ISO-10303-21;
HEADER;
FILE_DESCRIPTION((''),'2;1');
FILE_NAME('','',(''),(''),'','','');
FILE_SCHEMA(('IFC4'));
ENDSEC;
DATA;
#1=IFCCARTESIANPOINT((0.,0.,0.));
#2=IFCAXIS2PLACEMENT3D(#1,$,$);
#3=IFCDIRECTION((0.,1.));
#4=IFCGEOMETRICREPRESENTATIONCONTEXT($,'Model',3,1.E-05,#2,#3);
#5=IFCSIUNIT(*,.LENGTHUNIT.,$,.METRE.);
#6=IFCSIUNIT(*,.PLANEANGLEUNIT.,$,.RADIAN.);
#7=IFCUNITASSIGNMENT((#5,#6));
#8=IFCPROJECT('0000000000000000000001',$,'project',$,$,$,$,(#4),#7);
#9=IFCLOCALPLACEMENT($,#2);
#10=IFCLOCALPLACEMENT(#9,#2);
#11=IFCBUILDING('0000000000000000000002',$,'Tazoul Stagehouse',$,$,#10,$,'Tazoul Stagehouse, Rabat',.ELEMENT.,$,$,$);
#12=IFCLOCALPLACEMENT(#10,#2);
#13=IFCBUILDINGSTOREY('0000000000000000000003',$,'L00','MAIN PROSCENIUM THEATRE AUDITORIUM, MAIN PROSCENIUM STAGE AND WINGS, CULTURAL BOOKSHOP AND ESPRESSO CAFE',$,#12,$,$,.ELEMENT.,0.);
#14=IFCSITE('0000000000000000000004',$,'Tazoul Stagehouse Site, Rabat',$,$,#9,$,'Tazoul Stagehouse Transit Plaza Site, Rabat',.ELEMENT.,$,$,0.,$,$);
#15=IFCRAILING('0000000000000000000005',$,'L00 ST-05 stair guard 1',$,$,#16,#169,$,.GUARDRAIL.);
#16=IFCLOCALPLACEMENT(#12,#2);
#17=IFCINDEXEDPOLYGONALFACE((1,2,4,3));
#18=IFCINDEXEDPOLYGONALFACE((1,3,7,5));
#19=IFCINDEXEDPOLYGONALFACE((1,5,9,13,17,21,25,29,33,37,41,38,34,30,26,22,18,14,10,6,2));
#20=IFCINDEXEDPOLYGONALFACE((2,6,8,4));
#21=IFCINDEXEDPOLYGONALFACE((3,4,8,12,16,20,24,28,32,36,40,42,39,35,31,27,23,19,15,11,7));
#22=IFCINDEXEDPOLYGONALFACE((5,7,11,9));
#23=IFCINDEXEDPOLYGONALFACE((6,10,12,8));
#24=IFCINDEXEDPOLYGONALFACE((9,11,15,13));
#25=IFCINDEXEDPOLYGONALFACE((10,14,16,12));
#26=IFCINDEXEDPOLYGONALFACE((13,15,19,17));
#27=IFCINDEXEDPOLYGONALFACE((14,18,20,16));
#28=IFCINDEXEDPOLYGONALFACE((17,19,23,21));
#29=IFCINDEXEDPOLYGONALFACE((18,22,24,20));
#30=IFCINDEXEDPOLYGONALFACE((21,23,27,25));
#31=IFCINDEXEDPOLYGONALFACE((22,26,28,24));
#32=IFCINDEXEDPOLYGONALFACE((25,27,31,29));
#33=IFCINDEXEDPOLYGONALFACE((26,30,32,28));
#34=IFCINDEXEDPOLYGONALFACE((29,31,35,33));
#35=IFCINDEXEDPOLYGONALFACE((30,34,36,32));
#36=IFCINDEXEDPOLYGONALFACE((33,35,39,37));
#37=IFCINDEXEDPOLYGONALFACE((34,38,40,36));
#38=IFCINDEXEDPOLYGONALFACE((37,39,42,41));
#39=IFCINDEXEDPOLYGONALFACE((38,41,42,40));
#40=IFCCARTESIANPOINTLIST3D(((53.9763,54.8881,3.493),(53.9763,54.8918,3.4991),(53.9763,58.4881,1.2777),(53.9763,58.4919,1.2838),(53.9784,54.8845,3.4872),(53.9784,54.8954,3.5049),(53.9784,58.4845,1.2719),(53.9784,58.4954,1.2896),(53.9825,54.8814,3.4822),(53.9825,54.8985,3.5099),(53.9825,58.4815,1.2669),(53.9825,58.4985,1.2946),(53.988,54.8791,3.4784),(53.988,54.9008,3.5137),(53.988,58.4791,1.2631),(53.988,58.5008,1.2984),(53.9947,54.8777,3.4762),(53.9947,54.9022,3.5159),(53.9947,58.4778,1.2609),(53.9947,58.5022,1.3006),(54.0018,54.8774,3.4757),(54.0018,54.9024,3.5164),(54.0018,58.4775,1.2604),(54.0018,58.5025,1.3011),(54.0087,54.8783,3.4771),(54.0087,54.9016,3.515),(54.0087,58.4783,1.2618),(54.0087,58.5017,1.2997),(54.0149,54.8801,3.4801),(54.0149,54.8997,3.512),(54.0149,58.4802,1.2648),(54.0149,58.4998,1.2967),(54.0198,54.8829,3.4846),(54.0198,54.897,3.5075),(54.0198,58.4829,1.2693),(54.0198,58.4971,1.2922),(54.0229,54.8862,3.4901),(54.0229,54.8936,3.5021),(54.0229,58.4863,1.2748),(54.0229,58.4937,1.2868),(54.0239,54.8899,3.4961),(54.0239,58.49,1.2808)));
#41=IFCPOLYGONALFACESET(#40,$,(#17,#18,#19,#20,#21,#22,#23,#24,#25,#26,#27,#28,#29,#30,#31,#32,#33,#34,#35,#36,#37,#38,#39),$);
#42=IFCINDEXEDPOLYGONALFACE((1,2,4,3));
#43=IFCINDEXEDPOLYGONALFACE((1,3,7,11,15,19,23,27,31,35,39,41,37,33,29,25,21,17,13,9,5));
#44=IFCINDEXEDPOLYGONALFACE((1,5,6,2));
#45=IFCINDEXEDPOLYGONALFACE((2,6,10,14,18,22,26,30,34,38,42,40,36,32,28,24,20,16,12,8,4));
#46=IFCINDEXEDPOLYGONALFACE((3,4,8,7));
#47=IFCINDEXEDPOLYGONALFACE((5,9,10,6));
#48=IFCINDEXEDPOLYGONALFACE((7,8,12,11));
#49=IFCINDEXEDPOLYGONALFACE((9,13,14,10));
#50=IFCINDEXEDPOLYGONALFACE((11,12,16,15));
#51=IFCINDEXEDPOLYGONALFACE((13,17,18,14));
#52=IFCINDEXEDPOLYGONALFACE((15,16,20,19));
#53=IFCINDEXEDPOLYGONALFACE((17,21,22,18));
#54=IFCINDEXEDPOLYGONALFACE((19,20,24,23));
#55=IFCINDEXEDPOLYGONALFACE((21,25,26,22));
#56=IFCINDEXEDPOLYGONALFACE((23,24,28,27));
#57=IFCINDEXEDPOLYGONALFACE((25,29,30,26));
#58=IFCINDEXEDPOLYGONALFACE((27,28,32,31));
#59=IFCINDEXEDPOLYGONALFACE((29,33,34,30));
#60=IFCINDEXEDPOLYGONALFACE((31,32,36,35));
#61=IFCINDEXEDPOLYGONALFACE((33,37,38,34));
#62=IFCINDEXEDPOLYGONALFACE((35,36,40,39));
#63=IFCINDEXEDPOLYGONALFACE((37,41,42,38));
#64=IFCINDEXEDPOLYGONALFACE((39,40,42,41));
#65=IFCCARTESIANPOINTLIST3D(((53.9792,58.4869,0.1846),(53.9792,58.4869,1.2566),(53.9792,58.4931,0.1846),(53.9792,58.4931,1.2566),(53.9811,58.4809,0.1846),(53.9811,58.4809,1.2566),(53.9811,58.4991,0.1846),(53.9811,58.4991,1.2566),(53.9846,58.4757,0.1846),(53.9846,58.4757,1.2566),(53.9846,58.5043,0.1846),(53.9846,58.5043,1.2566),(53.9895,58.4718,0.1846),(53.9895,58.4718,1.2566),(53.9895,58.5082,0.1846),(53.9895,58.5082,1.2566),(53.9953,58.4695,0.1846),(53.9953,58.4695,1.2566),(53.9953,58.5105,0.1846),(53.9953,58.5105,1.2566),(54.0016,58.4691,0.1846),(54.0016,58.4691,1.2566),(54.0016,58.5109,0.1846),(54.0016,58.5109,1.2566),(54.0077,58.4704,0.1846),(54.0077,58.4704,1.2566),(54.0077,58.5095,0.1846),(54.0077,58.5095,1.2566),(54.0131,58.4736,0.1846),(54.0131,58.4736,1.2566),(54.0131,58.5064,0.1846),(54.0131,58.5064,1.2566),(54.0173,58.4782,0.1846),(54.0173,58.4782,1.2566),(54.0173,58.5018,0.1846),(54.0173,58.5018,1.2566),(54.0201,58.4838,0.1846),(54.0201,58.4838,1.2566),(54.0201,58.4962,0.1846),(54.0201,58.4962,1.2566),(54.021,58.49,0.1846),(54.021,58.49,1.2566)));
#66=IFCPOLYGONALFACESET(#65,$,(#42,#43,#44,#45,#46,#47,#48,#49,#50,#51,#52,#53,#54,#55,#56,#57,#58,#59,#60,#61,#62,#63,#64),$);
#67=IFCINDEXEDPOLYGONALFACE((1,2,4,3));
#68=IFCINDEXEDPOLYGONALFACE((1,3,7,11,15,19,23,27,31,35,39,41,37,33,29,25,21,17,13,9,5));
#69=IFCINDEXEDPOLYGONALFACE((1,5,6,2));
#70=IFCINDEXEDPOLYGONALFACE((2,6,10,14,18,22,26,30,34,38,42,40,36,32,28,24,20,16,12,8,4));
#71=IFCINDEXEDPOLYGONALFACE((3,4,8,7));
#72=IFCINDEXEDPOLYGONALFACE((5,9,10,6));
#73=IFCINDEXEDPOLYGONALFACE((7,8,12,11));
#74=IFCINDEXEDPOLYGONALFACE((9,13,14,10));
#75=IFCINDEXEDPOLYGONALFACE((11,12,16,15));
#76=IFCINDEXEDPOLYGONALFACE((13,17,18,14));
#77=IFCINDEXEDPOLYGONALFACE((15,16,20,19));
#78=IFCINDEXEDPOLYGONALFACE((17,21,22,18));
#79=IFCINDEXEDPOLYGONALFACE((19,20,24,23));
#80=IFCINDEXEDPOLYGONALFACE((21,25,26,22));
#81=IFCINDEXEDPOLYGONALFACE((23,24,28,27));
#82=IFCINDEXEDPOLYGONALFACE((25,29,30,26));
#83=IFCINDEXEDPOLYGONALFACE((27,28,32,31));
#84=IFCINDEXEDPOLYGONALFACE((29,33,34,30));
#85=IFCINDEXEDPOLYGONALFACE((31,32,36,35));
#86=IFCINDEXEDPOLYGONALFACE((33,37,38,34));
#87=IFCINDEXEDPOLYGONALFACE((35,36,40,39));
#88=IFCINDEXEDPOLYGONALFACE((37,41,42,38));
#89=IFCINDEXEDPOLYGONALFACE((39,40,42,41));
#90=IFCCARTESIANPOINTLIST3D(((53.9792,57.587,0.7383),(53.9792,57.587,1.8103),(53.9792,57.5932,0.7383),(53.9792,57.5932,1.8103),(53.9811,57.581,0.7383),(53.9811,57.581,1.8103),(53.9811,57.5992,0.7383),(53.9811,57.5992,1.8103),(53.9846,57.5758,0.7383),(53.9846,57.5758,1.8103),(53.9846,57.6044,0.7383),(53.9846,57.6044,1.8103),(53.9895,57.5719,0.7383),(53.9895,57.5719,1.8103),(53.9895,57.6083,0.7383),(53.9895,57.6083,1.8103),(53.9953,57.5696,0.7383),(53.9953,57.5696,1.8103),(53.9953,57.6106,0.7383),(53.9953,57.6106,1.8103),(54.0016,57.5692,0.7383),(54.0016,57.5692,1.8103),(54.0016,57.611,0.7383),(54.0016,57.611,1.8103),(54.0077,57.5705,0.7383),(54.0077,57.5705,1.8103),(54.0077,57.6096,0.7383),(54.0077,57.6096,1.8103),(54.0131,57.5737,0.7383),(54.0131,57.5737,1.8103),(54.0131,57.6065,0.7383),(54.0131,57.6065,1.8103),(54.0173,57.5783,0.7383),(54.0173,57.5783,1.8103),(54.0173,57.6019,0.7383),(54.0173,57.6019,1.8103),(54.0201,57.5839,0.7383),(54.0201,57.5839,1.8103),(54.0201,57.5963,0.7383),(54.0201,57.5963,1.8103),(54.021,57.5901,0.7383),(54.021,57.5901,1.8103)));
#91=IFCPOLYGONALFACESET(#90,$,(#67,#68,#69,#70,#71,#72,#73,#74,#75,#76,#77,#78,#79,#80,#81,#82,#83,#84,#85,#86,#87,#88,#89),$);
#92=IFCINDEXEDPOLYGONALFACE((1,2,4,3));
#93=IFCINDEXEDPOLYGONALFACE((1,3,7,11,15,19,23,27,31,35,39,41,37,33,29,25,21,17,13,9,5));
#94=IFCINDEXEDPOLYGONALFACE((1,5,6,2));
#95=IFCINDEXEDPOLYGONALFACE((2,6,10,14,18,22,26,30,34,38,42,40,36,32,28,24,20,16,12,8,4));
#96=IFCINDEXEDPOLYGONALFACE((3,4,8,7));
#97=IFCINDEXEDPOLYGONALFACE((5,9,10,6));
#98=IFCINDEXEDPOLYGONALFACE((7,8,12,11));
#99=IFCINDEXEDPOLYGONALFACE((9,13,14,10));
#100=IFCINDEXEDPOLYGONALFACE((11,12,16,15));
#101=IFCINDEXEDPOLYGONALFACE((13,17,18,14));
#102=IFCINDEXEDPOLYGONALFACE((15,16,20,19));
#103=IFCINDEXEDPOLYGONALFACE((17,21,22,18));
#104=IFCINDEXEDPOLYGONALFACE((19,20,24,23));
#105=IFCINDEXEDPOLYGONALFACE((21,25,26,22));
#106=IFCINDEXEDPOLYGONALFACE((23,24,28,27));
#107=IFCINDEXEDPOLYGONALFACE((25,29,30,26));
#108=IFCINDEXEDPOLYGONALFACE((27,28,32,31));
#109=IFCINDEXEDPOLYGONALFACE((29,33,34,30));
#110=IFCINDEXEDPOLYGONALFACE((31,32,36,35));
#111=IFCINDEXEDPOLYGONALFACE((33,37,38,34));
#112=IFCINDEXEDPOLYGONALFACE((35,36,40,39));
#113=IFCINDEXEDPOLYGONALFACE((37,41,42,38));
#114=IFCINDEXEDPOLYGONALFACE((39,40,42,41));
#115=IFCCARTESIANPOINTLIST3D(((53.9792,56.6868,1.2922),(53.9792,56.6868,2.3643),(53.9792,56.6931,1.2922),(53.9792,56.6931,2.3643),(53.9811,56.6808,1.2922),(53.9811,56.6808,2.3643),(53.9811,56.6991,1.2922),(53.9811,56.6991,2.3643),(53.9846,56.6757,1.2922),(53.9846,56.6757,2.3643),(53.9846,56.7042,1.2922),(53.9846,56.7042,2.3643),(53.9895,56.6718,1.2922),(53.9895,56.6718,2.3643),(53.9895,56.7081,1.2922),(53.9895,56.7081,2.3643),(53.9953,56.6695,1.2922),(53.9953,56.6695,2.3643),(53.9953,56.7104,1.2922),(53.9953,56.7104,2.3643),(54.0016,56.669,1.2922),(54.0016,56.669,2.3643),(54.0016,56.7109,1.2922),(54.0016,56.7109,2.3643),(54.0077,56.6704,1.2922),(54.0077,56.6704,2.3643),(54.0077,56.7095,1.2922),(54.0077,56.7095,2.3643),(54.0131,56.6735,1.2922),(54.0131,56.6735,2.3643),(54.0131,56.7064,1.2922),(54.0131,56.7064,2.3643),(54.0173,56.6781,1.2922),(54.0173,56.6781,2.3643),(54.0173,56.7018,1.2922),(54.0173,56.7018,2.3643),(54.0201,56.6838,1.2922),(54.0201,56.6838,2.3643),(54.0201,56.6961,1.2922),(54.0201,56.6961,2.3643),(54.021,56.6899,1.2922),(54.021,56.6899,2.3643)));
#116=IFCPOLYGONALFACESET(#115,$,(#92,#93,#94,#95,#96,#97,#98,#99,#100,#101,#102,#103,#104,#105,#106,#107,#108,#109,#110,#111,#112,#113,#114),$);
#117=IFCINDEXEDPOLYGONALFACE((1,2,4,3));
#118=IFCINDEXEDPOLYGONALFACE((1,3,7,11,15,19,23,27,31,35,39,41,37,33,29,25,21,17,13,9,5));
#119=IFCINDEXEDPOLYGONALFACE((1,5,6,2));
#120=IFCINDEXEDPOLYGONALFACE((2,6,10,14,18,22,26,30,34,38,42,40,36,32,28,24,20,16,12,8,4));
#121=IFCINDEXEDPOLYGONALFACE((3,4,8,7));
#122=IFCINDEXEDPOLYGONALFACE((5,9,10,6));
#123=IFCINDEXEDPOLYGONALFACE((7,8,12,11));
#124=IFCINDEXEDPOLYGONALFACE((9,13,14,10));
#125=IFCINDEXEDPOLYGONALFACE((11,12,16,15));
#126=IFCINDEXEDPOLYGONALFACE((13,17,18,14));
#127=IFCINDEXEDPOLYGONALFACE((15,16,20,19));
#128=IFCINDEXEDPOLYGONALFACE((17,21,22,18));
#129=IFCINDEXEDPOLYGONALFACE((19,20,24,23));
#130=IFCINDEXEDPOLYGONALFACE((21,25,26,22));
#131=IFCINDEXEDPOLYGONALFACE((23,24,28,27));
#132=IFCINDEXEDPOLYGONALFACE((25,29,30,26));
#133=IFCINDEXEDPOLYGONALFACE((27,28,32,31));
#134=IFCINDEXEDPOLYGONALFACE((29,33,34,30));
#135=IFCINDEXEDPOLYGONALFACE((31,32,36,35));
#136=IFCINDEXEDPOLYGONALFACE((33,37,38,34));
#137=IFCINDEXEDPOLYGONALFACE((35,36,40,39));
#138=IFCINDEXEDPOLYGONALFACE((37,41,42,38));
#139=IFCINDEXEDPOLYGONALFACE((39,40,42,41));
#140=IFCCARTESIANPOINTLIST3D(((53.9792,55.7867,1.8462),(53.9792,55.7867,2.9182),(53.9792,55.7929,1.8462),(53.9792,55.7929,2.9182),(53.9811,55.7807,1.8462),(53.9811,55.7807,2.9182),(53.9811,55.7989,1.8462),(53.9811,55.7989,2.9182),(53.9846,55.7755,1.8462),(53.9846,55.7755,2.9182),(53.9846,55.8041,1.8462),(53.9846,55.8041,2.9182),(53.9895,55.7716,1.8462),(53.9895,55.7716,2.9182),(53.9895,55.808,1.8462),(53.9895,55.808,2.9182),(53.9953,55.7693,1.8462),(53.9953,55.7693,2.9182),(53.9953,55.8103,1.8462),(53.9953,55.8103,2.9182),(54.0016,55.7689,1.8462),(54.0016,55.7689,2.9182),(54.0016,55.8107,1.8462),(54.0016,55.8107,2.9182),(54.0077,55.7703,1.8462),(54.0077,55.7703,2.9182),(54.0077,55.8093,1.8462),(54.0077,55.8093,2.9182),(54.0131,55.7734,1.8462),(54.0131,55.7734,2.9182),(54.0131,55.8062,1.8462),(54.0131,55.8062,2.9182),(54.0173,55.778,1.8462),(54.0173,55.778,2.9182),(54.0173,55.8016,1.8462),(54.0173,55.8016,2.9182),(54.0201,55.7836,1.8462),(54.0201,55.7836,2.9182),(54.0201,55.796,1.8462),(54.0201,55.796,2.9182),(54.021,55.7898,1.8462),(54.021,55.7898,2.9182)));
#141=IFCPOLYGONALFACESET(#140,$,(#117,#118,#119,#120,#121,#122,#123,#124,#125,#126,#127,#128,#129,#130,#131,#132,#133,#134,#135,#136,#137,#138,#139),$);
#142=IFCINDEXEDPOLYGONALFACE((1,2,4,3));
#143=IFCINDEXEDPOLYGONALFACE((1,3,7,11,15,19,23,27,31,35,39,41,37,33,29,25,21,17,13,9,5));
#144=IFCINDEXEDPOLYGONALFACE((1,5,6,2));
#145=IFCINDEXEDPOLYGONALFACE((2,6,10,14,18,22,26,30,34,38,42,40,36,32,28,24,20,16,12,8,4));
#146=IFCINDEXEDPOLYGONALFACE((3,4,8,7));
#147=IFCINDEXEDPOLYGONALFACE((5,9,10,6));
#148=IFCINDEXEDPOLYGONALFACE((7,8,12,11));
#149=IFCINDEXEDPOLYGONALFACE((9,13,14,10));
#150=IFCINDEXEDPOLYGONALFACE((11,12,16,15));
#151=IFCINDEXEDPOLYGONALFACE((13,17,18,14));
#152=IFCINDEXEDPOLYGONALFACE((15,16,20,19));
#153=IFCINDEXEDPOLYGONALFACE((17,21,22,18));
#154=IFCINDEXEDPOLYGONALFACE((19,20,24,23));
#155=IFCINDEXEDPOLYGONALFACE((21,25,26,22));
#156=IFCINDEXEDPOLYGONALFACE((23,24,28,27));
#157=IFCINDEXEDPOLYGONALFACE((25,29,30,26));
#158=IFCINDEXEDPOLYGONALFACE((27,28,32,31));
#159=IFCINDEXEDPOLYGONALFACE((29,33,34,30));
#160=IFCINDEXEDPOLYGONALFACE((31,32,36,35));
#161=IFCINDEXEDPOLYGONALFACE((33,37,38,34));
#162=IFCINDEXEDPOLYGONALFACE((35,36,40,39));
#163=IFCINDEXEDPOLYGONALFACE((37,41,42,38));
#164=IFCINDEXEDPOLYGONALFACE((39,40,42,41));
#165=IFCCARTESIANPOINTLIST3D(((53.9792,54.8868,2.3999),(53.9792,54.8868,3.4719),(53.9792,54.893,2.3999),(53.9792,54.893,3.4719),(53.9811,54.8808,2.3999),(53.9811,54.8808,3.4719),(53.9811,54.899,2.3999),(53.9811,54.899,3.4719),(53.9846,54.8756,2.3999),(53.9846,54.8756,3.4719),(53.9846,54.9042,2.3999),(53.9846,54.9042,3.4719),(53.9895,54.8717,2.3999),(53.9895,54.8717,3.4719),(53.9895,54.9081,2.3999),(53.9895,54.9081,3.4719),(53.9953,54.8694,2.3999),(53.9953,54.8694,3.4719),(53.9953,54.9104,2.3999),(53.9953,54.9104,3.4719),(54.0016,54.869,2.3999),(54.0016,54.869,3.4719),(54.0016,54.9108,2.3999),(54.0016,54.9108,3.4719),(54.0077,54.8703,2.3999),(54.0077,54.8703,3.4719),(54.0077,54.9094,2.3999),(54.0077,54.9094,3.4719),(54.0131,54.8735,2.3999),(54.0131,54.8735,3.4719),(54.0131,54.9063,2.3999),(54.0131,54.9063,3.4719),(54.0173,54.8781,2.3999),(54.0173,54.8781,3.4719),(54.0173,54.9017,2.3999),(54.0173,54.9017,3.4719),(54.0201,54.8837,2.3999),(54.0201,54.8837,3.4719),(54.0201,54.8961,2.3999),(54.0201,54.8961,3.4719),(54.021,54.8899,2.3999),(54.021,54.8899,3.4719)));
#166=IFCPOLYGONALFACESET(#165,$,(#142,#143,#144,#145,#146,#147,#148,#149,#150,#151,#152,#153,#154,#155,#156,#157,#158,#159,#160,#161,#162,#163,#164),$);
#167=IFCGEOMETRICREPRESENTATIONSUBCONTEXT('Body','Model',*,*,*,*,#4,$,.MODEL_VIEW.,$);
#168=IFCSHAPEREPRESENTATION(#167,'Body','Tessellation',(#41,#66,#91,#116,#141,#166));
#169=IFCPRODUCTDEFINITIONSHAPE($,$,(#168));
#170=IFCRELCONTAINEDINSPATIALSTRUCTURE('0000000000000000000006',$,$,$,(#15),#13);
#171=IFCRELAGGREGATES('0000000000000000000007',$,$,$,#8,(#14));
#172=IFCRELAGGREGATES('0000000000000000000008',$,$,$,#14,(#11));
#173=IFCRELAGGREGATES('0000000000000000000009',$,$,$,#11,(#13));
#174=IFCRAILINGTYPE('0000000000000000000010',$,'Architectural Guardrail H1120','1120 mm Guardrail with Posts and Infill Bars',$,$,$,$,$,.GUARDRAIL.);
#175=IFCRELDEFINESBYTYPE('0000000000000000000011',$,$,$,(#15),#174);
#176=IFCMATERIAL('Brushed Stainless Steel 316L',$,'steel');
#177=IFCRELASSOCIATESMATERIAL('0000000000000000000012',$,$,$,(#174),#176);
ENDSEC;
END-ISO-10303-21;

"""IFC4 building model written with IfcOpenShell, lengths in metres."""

from ifc_helpers import new_model, si_unit, direction, frame, origin, origin_2d, place, context, subcontext, project, spatial, circle, extrude, material, material_profile, profile_set, type_object, element, save


model = new_model("IFC4")

# Units and contexts
model_context = context("Model", 3, precision=1e-05, world=origin(), true_north=direction((0.0, 1.0)))
body_context = subcontext(model_context, "Body", "Model", "MODEL_VIEW")
ifc_project = project(units=[si_unit("LENGTHUNIT", "METRE"), si_unit("PLANEANGLEUNIT", "RADIAN")], contexts=[model_context])

# Site, building, storey
site_placement = place(None, origin())
site = spatial("IfcSite", under=ifc_project, at=site_placement, Name="Tazoul Stagehouse Site, Rabat", LongName="Tazoul Stagehouse Transit Plaza Site, Rabat", CompositionType="ELEMENT", RefElevation=0.0)
building_placement = place(site_placement, origin())
building = spatial("IfcBuilding", under=site, at=building_placement, Name="Tazoul Stagehouse", LongName="Tazoul Stagehouse, Rabat", CompositionType="ELEMENT")
storey_placement = place(building_placement, origin())
storey = spatial("IfcBuildingStorey", under=building, at=storey_placement, Name="L00", Description="MAIN PROSCENIUM THEATRE AUDITORIUM, MAIN PROSCENIUM STAGE AND WINGS, CULTURAL BOOKSHOP AND ESPRESSO CAFE", CompositionType="ELEMENT", Elevation=0.0)

# Railing
ifc_material_1 = material(Name="Brushed Stainless Steel 316L", Category="steel")
ifc_material_profile_1 = material_profile(ifc_material_1, circle(Radius=0.0239, at=origin_2d()), Name="SS RAIL D48")
ifc_profile_set_1 = profile_set([ifc_material_profile_1], Name="Brushed Stainless Steel 316L")
railing_type_1 = type_object("IfcRailingType", Name="Architectural Guardrail H1120", Description="1120 mm Guardrail with Posts and Infill Bars", PredefinedType="GUARDRAIL", material=ifc_profile_set_1)
railing_1_placement = place(storey_placement, frame((54.0, 58.49, 0.1846)))
element("IfcRailing", 1, at=railing_1_placement, inside=storey, type_object=railing_type_1, Name="L00 ST-05 stair guard 1", PredefinedType="GUARDRAIL", context=body_context, shape_type="SweptSolid", body=[
    extrude(circle(Radius=0.0239, at=origin_2d()), frame((0.0, 0.0, 1.0962), z_axis=(0.0, -0.85167, 0.524078), x_axis=(1.0, 0.0, 0.0)), (0.0, 0.0, 1.0), 4.2271),
    extrude(circle(Radius=0.021, at=origin_2d()), origin(), (0.0, 0.0, 1.0), 1.072),
    extrude(circle(Radius=0.021, at=origin_2d()), frame((0.0, -0.8999, 0.5537)), (0.0, 0.0, 1.0), 1.072),
    extrude(circle(Radius=0.021, at=origin_2d()), frame((0.0, -1.8, 1.1077)), (0.0, 0.0, 1.0), 1.072),
    extrude(circle(Radius=0.021, at=origin_2d()), frame((0.0, -2.7002, 1.6616)), (0.0, 0.0, 1.0), 1.072),
    extrude(circle(Radius=0.021, at=origin_2d()), frame((0.0, -3.6001, 2.2153)), (0.0, 0.0, 1.0), 1.072),
])

save(model, "model.ifc")
